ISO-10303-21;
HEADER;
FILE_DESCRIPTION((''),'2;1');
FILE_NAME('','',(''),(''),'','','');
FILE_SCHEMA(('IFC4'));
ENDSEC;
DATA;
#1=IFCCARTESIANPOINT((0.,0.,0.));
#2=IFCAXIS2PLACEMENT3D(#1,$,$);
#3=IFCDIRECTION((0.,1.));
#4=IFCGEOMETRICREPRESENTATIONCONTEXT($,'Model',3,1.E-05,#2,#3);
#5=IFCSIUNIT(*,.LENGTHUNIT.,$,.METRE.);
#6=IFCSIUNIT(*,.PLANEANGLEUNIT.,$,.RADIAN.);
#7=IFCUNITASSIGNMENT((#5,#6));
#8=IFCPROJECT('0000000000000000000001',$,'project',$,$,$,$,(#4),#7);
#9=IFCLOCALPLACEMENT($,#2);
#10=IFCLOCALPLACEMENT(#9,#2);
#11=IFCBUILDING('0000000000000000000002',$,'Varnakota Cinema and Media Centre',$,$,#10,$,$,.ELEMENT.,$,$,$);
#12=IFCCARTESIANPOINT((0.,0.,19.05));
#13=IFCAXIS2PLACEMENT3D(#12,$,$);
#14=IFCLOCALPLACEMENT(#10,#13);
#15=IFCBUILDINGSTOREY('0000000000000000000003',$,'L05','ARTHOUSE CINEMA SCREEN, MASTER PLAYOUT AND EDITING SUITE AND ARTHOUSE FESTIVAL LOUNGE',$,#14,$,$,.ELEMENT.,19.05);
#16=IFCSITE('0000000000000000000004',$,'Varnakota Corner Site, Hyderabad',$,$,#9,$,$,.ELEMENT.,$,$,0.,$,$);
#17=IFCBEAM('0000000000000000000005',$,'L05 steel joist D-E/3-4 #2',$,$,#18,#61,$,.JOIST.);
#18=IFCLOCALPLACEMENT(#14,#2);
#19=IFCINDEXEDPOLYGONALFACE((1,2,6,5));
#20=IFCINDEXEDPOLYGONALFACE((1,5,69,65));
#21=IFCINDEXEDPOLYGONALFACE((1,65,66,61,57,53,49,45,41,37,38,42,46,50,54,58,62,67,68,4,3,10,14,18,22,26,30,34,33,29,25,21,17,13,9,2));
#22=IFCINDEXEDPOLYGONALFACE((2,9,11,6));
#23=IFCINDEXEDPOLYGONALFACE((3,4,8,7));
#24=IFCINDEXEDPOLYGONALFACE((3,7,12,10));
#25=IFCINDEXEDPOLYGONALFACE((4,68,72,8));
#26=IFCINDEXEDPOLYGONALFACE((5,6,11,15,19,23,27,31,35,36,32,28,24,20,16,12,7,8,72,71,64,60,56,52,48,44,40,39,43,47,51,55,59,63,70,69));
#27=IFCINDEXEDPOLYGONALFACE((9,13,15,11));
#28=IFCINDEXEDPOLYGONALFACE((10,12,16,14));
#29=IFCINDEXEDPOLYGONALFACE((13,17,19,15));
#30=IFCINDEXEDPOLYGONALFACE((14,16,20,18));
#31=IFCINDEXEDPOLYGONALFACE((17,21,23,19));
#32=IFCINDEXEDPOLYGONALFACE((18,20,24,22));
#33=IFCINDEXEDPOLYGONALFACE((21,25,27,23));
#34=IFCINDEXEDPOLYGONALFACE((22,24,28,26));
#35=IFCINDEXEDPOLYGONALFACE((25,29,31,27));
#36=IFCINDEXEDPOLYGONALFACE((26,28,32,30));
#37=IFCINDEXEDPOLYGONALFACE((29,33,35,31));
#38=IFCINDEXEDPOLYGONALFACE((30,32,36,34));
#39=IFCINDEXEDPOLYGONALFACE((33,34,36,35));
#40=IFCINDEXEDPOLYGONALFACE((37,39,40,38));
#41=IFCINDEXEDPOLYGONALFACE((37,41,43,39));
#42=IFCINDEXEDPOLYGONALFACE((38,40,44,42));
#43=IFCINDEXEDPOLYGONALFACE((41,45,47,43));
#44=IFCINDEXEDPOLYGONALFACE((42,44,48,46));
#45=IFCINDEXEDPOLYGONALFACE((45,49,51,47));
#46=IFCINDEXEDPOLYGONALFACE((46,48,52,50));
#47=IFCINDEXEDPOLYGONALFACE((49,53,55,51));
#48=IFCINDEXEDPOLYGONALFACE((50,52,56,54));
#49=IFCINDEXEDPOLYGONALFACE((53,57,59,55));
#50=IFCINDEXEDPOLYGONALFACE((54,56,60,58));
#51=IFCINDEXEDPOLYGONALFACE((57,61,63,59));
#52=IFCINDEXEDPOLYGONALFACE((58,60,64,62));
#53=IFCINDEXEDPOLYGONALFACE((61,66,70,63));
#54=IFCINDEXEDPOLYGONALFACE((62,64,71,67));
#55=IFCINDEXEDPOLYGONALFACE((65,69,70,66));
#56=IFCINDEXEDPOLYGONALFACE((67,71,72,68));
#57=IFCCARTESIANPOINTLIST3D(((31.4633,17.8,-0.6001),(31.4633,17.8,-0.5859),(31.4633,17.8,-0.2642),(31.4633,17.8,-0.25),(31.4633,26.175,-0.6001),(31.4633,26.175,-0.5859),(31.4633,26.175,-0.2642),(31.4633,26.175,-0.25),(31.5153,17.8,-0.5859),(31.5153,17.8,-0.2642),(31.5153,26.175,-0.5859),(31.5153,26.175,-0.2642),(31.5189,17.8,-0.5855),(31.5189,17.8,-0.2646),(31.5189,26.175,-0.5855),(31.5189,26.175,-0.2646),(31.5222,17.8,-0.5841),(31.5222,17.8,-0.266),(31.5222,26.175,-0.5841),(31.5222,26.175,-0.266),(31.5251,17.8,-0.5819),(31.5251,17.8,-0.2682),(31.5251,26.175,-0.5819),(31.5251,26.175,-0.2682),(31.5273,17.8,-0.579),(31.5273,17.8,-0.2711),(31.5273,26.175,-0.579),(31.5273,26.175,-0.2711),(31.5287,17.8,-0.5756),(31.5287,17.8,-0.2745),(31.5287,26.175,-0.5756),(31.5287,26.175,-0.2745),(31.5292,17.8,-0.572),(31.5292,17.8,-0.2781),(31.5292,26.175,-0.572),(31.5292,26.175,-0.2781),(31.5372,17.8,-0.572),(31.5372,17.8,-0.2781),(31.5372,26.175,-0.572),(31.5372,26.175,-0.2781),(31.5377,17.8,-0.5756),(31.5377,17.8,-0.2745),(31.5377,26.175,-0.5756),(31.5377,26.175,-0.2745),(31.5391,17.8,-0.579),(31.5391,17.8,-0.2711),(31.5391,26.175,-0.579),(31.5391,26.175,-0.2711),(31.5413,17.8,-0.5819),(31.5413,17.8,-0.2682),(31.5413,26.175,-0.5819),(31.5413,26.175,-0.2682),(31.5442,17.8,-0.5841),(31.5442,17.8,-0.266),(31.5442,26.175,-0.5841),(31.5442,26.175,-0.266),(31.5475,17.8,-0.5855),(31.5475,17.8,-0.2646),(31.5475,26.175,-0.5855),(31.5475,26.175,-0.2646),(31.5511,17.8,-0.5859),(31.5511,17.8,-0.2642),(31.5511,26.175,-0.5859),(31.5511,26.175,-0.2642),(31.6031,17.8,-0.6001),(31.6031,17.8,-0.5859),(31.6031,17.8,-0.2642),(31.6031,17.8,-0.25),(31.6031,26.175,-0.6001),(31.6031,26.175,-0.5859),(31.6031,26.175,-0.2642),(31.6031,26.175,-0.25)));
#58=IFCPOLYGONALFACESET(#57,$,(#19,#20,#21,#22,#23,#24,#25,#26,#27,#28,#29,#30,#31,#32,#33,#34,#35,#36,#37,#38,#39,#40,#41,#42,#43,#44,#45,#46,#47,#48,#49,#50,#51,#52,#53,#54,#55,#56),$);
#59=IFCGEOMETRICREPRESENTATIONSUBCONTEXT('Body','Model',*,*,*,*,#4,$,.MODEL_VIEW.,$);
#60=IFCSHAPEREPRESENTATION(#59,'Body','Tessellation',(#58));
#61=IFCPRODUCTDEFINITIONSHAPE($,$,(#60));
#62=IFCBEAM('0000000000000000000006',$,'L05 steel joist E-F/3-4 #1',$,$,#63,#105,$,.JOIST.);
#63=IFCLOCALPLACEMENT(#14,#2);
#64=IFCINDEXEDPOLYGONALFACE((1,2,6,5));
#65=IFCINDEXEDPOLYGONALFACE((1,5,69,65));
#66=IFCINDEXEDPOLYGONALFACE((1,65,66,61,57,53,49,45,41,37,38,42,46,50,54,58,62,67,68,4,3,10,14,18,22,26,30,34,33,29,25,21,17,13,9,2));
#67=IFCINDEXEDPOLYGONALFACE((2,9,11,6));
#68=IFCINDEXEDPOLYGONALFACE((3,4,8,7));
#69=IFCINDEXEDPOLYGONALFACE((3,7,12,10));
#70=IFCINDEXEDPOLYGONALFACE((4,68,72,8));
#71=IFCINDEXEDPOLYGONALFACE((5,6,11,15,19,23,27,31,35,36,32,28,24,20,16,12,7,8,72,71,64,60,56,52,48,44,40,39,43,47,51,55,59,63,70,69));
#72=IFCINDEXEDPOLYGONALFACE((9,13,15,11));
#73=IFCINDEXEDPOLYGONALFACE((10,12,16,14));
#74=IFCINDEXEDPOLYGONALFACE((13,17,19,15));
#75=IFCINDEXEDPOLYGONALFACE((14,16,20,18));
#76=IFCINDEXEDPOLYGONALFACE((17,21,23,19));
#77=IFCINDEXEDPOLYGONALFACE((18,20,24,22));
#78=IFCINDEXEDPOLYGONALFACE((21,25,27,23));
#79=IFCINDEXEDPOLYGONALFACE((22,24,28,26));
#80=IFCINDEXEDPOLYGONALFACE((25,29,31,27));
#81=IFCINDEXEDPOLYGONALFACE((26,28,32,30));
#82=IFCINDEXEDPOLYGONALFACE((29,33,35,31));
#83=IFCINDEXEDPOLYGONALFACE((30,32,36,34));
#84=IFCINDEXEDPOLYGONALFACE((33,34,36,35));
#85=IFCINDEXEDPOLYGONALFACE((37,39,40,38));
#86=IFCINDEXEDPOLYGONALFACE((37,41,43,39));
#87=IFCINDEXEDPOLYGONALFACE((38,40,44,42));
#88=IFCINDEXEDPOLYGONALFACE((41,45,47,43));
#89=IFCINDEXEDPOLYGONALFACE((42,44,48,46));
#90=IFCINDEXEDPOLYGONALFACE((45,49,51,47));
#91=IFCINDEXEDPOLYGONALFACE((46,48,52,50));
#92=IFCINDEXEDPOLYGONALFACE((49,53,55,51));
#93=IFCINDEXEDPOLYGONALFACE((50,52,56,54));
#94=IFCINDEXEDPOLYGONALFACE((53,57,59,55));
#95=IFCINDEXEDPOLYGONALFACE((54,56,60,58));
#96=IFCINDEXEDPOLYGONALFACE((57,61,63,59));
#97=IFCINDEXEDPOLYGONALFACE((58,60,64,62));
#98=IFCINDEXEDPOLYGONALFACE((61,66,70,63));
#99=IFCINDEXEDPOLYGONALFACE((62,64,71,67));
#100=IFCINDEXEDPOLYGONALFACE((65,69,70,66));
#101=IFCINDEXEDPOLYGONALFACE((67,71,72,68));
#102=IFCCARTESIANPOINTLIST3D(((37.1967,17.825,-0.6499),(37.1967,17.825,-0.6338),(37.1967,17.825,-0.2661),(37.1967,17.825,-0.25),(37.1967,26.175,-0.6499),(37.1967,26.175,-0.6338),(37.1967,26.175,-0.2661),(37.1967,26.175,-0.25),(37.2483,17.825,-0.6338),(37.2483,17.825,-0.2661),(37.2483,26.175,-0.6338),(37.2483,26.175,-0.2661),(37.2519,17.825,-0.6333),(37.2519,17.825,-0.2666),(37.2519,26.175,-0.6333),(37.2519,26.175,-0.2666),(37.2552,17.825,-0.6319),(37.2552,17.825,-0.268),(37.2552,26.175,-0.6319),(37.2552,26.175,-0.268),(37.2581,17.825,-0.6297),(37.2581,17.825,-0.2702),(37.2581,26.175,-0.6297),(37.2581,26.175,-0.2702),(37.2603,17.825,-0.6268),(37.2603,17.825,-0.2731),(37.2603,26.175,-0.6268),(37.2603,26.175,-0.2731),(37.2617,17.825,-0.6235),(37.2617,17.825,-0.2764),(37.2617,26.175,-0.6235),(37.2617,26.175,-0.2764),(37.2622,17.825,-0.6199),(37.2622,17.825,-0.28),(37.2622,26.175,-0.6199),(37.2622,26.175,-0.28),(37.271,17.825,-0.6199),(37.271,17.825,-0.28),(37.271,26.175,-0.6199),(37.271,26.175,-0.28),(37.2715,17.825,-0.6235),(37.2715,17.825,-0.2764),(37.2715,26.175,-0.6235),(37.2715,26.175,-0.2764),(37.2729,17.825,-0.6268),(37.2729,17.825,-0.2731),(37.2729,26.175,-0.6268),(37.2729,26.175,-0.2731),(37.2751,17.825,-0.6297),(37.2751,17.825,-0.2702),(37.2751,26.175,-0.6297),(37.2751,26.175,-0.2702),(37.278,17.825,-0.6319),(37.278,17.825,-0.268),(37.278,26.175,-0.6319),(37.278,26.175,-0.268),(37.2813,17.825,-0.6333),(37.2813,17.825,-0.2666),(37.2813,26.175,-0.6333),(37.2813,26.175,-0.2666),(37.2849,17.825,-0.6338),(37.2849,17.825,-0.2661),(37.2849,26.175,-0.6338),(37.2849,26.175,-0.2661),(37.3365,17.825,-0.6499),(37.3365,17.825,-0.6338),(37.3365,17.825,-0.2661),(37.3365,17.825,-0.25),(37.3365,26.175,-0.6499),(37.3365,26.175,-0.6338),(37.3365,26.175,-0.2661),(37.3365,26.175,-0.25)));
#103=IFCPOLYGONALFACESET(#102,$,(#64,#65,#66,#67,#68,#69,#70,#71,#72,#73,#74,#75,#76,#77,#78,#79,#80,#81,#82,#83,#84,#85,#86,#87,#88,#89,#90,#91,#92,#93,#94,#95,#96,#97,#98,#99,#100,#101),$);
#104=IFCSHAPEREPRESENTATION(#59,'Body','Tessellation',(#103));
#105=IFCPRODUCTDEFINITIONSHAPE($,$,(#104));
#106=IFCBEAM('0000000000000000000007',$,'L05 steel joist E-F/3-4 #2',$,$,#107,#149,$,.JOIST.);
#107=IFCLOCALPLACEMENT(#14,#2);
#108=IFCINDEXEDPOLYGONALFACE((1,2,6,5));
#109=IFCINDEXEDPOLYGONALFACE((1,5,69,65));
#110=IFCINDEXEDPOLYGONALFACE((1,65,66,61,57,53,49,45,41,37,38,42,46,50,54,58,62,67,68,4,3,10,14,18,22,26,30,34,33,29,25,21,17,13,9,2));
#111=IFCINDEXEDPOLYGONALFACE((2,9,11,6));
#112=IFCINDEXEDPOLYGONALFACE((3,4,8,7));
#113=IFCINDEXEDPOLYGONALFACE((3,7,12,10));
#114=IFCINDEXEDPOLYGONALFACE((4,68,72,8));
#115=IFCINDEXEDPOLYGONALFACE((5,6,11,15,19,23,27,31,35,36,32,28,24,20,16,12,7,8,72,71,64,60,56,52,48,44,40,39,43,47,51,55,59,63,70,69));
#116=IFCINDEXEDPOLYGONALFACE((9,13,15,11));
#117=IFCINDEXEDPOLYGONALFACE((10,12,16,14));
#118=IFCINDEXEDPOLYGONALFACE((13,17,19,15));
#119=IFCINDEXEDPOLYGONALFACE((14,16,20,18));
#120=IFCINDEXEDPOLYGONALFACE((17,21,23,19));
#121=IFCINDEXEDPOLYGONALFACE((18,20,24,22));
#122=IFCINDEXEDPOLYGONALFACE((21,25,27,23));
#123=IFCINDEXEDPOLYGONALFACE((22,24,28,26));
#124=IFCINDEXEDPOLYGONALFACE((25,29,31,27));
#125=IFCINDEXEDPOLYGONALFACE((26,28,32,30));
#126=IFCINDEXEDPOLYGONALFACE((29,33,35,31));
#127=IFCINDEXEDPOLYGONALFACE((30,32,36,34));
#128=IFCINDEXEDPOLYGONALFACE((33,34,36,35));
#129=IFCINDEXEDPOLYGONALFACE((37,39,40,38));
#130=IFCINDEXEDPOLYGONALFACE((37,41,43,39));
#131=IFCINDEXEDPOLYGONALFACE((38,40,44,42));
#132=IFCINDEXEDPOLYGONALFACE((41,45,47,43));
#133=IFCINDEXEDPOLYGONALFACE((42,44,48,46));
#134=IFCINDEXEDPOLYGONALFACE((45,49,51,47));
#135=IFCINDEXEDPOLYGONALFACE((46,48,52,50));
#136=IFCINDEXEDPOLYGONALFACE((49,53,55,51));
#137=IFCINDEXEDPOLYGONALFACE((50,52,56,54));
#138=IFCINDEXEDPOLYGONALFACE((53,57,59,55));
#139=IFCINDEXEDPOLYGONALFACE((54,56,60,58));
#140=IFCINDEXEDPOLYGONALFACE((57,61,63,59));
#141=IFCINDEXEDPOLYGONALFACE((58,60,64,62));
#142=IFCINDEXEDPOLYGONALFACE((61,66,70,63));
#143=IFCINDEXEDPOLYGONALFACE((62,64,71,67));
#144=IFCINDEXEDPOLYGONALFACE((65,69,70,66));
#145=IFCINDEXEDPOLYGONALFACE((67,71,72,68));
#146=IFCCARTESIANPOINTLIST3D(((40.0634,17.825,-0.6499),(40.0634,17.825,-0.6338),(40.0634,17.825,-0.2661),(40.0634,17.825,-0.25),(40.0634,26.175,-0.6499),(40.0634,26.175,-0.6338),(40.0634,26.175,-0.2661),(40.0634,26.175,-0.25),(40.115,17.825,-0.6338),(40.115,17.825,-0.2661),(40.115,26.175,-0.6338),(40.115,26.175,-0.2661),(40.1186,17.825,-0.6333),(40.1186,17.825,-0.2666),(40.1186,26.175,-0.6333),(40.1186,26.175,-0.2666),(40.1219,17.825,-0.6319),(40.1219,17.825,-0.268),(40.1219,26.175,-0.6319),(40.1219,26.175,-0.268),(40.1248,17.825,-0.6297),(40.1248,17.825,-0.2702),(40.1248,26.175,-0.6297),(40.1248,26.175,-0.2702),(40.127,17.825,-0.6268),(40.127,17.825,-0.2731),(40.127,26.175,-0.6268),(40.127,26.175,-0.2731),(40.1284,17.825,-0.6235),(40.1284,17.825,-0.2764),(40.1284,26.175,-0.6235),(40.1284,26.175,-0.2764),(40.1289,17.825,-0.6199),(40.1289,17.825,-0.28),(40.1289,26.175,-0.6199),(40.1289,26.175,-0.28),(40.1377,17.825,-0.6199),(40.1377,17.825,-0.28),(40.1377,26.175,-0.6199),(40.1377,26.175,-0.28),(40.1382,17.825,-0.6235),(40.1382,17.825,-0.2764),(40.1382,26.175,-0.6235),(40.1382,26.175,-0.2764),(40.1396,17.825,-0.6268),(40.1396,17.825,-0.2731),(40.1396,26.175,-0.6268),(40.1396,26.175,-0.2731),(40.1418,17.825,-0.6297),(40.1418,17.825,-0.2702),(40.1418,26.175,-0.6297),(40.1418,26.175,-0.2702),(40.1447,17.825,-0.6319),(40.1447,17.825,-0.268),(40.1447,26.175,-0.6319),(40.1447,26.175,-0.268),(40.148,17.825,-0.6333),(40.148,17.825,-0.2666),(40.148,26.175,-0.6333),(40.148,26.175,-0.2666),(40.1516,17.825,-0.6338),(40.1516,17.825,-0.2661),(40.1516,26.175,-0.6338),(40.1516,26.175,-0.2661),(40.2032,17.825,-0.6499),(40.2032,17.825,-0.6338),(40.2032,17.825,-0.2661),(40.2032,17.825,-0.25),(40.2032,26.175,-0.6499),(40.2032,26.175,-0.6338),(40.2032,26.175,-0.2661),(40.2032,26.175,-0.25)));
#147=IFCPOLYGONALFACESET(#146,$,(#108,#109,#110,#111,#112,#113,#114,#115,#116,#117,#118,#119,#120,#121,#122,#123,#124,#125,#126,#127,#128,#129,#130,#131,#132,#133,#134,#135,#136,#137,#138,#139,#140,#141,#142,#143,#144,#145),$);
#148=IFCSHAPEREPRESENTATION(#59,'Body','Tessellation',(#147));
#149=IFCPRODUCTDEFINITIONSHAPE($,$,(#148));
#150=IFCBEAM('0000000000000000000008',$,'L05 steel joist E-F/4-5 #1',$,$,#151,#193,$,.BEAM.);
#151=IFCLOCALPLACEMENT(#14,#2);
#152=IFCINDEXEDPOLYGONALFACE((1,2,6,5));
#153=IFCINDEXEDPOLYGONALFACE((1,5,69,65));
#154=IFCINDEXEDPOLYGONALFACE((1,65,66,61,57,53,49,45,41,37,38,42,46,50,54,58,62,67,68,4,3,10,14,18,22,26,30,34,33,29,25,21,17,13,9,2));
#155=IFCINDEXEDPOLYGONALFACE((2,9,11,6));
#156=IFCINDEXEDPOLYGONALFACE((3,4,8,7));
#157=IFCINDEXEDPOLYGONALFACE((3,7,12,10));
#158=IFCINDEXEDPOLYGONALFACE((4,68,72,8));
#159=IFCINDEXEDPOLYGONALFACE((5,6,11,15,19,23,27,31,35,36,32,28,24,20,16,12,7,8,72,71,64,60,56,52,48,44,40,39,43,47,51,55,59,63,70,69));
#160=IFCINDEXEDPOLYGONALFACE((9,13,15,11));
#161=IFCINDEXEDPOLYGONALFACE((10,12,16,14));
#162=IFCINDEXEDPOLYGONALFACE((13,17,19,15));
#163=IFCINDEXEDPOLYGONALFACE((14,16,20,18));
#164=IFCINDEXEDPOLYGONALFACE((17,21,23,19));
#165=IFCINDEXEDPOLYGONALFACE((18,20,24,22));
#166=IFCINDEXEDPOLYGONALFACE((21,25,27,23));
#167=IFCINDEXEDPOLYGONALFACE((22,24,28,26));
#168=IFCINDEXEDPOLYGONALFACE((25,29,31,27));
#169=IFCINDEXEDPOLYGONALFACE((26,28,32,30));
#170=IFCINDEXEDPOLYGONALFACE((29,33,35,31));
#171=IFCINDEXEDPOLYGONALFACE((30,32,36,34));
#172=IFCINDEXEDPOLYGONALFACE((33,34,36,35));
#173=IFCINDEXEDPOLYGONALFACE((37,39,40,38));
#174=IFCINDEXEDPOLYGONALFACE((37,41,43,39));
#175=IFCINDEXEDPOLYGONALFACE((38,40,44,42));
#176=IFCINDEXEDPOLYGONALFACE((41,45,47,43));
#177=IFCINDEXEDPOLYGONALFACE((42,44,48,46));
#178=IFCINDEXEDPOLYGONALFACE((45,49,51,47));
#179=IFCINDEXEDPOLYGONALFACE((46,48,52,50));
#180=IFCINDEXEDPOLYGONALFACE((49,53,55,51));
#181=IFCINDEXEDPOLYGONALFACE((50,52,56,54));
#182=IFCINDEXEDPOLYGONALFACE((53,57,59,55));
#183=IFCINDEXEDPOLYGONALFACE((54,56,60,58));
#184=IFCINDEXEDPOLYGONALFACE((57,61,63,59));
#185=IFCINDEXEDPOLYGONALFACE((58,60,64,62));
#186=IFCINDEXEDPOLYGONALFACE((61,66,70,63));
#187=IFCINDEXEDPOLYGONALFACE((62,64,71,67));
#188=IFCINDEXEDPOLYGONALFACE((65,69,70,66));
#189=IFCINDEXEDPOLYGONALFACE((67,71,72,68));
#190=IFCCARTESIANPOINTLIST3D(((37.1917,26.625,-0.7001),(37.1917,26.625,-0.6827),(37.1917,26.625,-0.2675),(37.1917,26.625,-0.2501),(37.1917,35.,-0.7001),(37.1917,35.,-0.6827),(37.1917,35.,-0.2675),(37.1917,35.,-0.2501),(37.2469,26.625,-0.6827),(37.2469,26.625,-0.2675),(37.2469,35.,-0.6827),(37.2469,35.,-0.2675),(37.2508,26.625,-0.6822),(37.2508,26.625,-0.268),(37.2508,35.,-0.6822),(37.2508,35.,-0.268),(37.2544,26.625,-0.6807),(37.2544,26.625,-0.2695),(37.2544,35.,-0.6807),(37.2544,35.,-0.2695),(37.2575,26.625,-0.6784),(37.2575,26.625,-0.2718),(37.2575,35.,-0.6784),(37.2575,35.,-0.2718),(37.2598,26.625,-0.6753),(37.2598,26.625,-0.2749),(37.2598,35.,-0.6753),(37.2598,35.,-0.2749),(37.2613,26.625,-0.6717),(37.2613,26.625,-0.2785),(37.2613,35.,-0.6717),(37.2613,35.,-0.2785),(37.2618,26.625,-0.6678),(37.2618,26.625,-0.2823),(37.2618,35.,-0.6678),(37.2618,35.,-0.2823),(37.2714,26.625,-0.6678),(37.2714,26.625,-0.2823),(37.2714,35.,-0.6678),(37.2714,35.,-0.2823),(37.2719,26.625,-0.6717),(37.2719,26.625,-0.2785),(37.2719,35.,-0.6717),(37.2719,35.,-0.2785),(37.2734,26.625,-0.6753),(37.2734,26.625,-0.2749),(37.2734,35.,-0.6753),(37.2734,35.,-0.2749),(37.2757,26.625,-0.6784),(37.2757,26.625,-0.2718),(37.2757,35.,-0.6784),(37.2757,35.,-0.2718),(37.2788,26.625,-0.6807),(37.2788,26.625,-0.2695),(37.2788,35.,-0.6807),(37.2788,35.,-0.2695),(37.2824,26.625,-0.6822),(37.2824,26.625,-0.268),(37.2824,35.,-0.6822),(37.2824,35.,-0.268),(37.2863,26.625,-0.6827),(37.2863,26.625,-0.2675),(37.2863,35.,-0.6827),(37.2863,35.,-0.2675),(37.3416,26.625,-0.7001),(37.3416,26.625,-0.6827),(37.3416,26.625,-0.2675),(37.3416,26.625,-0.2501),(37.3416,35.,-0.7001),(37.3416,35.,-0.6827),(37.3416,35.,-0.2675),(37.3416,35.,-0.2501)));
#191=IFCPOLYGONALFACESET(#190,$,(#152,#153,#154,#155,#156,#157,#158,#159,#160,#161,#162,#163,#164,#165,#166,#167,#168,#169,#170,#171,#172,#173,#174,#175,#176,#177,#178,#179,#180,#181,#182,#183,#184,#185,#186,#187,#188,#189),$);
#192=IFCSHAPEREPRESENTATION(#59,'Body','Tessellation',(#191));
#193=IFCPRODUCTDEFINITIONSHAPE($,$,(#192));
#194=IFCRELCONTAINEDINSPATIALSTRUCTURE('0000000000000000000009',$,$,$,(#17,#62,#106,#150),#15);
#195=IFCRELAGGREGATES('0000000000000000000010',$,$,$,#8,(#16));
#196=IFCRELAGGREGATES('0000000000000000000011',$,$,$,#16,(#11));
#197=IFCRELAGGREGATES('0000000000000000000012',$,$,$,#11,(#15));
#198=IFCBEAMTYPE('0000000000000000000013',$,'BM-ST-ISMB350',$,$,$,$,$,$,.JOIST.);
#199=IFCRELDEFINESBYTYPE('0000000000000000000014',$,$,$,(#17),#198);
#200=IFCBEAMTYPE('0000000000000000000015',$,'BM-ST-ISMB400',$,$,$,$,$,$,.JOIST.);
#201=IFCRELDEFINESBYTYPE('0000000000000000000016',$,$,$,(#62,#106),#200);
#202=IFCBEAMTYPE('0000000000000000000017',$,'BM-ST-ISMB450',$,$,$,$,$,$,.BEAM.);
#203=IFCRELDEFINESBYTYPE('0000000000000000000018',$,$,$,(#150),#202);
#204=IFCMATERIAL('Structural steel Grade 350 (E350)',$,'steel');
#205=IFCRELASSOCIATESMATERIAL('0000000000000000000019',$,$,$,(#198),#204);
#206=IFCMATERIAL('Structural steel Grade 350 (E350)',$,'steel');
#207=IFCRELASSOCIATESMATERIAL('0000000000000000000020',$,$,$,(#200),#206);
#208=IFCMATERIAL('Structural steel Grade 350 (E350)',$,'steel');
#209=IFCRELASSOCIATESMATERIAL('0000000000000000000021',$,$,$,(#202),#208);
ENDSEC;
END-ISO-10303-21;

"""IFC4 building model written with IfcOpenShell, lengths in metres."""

from ifc_helpers import new_model, si_unit, direction, frame, origin, origin_2d, place, context, subcontext, project, spatial, i_section, extrude, material, material_profile, profile_set, type_object, element, save


model = new_model("IFC4")

# Units and contexts
model_context = context("Model", 3, precision=1e-05, world=origin(), true_north=direction((0.0, 1.0)))
body_context = subcontext(model_context, "Body", "Model", "MODEL_VIEW")
ifc_project = project(units=[si_unit("LENGTHUNIT", "METRE"), si_unit("PLANEANGLEUNIT", "RADIAN")], contexts=[model_context])

# Site, building, storey
site_placement = place(None, origin())
site = spatial("IfcSite", under=ifc_project, at=site_placement, Name="Varnakota Corner Site, Hyderabad", CompositionType="ELEMENT", RefElevation=0.0)
building_placement = place(site_placement, origin())
building = spatial("IfcBuilding", under=site, at=building_placement, Name="Varnakota Cinema and Media Centre", CompositionType="ELEMENT")
storey_placement = place(building_placement, frame((0.0, 0.0, 19.05)))
storey = spatial("IfcBuildingStorey", under=building, at=storey_placement, Name="L05", Description="ARTHOUSE CINEMA SCREEN, MASTER PLAYOUT AND EDITING SUITE AND ARTHOUSE FESTIVAL LOUNGE", CompositionType="ELEMENT", Elevation=19.05)

# Beams
ifc_material_1 = material(Name="Structural steel Grade 350 (E350)", Category="steel")
ifc_material_profile_1 = material_profile(ifc_material_1, i_section(OverallWidth=0.1399, OverallDepth=0.3501, WebThickness=0.0081, FlangeThickness=0.0142, FilletRadius=0.0139, at=origin_2d()), Name="ISMB 350")
ifc_profile_set_1 = profile_set([ifc_material_profile_1], Name="Structural steel Grade 350 (E350)")
beam_type_1 = type_object("IfcBeamType", Name="BM-ST-ISMB350", PredefinedType="JOIST", material=ifc_profile_set_1)
for number, where, z_axis, x_axis, name in (
    (1, (31.5332, 17.8, -0.425), (0.0, 1.0, 0.0), (-1.0, 0.0, 0.0), "L05 steel joist D-E/3-4 #2"),
):
    element("IfcBeam", number, at=place(storey_placement, frame(where, z_axis=z_axis, x_axis=x_axis)), inside=storey, type_object=beam_type_1, Name=name, PredefinedType="JOIST", context=body_context, shape_type="SweptSolid", body=[
        extrude(i_section(OverallWidth=0.1399, OverallDepth=0.3501, WebThickness=0.0081, FlangeThickness=0.0142, FilletRadius=0.0139, at=origin_2d()), origin(), (0.0, 0.0, 1.0), 8.375),
    ])
ifc_material_2 = material(Name="Structural steel Grade 350 (E350)", Category="steel")
ifc_material_profile_2 = material_profile(ifc_material_2, i_section(OverallWidth=0.1399, OverallDepth=0.3999, WebThickness=0.0088, FlangeThickness=0.0161, FilletRadius=0.0139, at=origin_2d()), Name="ISMB 400")
ifc_profile_set_2 = profile_set([ifc_material_profile_2], Name="Structural steel Grade 350 (E350)")
beam_type_2 = type_object("IfcBeamType", Name="BM-ST-ISMB400", PredefinedType="JOIST", material=ifc_profile_set_2)
for number, where, z_axis, x_axis, name in (
    (2, (37.2666, 17.825, -0.45), (0.0, 1.0, 0.0), (-1.0, 0.0, 0.0), "L05 steel joist E-F/3-4 #1"),
    (3, (40.1333, 17.825, -0.45), (0.0, 1.0, 0.0), (-1.0, 0.0, 0.0), "L05 steel joist E-F/3-4 #2"),
):
    element("IfcBeam", number, at=place(storey_placement, frame(where, z_axis=z_axis, x_axis=x_axis)), inside=storey, type_object=beam_type_2, Name=name, PredefinedType="JOIST", context=body_context, shape_type="SweptSolid", body=[
        extrude(i_section(OverallWidth=0.1399, OverallDepth=0.3999, WebThickness=0.0088, FlangeThickness=0.0161, FilletRadius=0.0139, at=origin_2d()), origin(), (0.0, 0.0, 1.0), 8.3501),
    ])
ifc_material_3 = material(Name="Structural steel Grade 350 (E350)", Category="steel")
ifc_material_profile_3 = material_profile(ifc_material_3, i_section(OverallWidth=0.1499, OverallDepth=0.45, WebThickness=0.0095, FlangeThickness=0.0173, FilletRadius=0.0149, at=origin_2d()), Name="ISMB 450")
ifc_profile_set_3 = profile_set([ifc_material_profile_3], Name="Structural steel Grade 350 (E350)")
beam_type_3 = type_object("IfcBeamType", Name="BM-ST-ISMB450", PredefinedType="BEAM", material=ifc_profile_set_3)
for number, where, z_axis, x_axis, name in (
    (4, (37.2666, 26.625, -0.4751), (0.0, 1.0, 0.0), (-1.0, 0.0, 0.0), "L05 steel joist E-F/4-5 #1"),
):
    element("IfcBeam", number, at=place(storey_placement, frame(where, z_axis=z_axis, x_axis=x_axis)), inside=storey, type_object=beam_type_3, Name=name, PredefinedType="BEAM", context=body_context, shape_type="SweptSolid", body=[
        extrude(i_section(OverallWidth=0.1499, OverallDepth=0.45, WebThickness=0.0095, FlangeThickness=0.0173, FilletRadius=0.0149, at=origin_2d()), origin(), (0.0, 0.0, 1.0), 8.375),
    ])

save(model, "model.ifc")
